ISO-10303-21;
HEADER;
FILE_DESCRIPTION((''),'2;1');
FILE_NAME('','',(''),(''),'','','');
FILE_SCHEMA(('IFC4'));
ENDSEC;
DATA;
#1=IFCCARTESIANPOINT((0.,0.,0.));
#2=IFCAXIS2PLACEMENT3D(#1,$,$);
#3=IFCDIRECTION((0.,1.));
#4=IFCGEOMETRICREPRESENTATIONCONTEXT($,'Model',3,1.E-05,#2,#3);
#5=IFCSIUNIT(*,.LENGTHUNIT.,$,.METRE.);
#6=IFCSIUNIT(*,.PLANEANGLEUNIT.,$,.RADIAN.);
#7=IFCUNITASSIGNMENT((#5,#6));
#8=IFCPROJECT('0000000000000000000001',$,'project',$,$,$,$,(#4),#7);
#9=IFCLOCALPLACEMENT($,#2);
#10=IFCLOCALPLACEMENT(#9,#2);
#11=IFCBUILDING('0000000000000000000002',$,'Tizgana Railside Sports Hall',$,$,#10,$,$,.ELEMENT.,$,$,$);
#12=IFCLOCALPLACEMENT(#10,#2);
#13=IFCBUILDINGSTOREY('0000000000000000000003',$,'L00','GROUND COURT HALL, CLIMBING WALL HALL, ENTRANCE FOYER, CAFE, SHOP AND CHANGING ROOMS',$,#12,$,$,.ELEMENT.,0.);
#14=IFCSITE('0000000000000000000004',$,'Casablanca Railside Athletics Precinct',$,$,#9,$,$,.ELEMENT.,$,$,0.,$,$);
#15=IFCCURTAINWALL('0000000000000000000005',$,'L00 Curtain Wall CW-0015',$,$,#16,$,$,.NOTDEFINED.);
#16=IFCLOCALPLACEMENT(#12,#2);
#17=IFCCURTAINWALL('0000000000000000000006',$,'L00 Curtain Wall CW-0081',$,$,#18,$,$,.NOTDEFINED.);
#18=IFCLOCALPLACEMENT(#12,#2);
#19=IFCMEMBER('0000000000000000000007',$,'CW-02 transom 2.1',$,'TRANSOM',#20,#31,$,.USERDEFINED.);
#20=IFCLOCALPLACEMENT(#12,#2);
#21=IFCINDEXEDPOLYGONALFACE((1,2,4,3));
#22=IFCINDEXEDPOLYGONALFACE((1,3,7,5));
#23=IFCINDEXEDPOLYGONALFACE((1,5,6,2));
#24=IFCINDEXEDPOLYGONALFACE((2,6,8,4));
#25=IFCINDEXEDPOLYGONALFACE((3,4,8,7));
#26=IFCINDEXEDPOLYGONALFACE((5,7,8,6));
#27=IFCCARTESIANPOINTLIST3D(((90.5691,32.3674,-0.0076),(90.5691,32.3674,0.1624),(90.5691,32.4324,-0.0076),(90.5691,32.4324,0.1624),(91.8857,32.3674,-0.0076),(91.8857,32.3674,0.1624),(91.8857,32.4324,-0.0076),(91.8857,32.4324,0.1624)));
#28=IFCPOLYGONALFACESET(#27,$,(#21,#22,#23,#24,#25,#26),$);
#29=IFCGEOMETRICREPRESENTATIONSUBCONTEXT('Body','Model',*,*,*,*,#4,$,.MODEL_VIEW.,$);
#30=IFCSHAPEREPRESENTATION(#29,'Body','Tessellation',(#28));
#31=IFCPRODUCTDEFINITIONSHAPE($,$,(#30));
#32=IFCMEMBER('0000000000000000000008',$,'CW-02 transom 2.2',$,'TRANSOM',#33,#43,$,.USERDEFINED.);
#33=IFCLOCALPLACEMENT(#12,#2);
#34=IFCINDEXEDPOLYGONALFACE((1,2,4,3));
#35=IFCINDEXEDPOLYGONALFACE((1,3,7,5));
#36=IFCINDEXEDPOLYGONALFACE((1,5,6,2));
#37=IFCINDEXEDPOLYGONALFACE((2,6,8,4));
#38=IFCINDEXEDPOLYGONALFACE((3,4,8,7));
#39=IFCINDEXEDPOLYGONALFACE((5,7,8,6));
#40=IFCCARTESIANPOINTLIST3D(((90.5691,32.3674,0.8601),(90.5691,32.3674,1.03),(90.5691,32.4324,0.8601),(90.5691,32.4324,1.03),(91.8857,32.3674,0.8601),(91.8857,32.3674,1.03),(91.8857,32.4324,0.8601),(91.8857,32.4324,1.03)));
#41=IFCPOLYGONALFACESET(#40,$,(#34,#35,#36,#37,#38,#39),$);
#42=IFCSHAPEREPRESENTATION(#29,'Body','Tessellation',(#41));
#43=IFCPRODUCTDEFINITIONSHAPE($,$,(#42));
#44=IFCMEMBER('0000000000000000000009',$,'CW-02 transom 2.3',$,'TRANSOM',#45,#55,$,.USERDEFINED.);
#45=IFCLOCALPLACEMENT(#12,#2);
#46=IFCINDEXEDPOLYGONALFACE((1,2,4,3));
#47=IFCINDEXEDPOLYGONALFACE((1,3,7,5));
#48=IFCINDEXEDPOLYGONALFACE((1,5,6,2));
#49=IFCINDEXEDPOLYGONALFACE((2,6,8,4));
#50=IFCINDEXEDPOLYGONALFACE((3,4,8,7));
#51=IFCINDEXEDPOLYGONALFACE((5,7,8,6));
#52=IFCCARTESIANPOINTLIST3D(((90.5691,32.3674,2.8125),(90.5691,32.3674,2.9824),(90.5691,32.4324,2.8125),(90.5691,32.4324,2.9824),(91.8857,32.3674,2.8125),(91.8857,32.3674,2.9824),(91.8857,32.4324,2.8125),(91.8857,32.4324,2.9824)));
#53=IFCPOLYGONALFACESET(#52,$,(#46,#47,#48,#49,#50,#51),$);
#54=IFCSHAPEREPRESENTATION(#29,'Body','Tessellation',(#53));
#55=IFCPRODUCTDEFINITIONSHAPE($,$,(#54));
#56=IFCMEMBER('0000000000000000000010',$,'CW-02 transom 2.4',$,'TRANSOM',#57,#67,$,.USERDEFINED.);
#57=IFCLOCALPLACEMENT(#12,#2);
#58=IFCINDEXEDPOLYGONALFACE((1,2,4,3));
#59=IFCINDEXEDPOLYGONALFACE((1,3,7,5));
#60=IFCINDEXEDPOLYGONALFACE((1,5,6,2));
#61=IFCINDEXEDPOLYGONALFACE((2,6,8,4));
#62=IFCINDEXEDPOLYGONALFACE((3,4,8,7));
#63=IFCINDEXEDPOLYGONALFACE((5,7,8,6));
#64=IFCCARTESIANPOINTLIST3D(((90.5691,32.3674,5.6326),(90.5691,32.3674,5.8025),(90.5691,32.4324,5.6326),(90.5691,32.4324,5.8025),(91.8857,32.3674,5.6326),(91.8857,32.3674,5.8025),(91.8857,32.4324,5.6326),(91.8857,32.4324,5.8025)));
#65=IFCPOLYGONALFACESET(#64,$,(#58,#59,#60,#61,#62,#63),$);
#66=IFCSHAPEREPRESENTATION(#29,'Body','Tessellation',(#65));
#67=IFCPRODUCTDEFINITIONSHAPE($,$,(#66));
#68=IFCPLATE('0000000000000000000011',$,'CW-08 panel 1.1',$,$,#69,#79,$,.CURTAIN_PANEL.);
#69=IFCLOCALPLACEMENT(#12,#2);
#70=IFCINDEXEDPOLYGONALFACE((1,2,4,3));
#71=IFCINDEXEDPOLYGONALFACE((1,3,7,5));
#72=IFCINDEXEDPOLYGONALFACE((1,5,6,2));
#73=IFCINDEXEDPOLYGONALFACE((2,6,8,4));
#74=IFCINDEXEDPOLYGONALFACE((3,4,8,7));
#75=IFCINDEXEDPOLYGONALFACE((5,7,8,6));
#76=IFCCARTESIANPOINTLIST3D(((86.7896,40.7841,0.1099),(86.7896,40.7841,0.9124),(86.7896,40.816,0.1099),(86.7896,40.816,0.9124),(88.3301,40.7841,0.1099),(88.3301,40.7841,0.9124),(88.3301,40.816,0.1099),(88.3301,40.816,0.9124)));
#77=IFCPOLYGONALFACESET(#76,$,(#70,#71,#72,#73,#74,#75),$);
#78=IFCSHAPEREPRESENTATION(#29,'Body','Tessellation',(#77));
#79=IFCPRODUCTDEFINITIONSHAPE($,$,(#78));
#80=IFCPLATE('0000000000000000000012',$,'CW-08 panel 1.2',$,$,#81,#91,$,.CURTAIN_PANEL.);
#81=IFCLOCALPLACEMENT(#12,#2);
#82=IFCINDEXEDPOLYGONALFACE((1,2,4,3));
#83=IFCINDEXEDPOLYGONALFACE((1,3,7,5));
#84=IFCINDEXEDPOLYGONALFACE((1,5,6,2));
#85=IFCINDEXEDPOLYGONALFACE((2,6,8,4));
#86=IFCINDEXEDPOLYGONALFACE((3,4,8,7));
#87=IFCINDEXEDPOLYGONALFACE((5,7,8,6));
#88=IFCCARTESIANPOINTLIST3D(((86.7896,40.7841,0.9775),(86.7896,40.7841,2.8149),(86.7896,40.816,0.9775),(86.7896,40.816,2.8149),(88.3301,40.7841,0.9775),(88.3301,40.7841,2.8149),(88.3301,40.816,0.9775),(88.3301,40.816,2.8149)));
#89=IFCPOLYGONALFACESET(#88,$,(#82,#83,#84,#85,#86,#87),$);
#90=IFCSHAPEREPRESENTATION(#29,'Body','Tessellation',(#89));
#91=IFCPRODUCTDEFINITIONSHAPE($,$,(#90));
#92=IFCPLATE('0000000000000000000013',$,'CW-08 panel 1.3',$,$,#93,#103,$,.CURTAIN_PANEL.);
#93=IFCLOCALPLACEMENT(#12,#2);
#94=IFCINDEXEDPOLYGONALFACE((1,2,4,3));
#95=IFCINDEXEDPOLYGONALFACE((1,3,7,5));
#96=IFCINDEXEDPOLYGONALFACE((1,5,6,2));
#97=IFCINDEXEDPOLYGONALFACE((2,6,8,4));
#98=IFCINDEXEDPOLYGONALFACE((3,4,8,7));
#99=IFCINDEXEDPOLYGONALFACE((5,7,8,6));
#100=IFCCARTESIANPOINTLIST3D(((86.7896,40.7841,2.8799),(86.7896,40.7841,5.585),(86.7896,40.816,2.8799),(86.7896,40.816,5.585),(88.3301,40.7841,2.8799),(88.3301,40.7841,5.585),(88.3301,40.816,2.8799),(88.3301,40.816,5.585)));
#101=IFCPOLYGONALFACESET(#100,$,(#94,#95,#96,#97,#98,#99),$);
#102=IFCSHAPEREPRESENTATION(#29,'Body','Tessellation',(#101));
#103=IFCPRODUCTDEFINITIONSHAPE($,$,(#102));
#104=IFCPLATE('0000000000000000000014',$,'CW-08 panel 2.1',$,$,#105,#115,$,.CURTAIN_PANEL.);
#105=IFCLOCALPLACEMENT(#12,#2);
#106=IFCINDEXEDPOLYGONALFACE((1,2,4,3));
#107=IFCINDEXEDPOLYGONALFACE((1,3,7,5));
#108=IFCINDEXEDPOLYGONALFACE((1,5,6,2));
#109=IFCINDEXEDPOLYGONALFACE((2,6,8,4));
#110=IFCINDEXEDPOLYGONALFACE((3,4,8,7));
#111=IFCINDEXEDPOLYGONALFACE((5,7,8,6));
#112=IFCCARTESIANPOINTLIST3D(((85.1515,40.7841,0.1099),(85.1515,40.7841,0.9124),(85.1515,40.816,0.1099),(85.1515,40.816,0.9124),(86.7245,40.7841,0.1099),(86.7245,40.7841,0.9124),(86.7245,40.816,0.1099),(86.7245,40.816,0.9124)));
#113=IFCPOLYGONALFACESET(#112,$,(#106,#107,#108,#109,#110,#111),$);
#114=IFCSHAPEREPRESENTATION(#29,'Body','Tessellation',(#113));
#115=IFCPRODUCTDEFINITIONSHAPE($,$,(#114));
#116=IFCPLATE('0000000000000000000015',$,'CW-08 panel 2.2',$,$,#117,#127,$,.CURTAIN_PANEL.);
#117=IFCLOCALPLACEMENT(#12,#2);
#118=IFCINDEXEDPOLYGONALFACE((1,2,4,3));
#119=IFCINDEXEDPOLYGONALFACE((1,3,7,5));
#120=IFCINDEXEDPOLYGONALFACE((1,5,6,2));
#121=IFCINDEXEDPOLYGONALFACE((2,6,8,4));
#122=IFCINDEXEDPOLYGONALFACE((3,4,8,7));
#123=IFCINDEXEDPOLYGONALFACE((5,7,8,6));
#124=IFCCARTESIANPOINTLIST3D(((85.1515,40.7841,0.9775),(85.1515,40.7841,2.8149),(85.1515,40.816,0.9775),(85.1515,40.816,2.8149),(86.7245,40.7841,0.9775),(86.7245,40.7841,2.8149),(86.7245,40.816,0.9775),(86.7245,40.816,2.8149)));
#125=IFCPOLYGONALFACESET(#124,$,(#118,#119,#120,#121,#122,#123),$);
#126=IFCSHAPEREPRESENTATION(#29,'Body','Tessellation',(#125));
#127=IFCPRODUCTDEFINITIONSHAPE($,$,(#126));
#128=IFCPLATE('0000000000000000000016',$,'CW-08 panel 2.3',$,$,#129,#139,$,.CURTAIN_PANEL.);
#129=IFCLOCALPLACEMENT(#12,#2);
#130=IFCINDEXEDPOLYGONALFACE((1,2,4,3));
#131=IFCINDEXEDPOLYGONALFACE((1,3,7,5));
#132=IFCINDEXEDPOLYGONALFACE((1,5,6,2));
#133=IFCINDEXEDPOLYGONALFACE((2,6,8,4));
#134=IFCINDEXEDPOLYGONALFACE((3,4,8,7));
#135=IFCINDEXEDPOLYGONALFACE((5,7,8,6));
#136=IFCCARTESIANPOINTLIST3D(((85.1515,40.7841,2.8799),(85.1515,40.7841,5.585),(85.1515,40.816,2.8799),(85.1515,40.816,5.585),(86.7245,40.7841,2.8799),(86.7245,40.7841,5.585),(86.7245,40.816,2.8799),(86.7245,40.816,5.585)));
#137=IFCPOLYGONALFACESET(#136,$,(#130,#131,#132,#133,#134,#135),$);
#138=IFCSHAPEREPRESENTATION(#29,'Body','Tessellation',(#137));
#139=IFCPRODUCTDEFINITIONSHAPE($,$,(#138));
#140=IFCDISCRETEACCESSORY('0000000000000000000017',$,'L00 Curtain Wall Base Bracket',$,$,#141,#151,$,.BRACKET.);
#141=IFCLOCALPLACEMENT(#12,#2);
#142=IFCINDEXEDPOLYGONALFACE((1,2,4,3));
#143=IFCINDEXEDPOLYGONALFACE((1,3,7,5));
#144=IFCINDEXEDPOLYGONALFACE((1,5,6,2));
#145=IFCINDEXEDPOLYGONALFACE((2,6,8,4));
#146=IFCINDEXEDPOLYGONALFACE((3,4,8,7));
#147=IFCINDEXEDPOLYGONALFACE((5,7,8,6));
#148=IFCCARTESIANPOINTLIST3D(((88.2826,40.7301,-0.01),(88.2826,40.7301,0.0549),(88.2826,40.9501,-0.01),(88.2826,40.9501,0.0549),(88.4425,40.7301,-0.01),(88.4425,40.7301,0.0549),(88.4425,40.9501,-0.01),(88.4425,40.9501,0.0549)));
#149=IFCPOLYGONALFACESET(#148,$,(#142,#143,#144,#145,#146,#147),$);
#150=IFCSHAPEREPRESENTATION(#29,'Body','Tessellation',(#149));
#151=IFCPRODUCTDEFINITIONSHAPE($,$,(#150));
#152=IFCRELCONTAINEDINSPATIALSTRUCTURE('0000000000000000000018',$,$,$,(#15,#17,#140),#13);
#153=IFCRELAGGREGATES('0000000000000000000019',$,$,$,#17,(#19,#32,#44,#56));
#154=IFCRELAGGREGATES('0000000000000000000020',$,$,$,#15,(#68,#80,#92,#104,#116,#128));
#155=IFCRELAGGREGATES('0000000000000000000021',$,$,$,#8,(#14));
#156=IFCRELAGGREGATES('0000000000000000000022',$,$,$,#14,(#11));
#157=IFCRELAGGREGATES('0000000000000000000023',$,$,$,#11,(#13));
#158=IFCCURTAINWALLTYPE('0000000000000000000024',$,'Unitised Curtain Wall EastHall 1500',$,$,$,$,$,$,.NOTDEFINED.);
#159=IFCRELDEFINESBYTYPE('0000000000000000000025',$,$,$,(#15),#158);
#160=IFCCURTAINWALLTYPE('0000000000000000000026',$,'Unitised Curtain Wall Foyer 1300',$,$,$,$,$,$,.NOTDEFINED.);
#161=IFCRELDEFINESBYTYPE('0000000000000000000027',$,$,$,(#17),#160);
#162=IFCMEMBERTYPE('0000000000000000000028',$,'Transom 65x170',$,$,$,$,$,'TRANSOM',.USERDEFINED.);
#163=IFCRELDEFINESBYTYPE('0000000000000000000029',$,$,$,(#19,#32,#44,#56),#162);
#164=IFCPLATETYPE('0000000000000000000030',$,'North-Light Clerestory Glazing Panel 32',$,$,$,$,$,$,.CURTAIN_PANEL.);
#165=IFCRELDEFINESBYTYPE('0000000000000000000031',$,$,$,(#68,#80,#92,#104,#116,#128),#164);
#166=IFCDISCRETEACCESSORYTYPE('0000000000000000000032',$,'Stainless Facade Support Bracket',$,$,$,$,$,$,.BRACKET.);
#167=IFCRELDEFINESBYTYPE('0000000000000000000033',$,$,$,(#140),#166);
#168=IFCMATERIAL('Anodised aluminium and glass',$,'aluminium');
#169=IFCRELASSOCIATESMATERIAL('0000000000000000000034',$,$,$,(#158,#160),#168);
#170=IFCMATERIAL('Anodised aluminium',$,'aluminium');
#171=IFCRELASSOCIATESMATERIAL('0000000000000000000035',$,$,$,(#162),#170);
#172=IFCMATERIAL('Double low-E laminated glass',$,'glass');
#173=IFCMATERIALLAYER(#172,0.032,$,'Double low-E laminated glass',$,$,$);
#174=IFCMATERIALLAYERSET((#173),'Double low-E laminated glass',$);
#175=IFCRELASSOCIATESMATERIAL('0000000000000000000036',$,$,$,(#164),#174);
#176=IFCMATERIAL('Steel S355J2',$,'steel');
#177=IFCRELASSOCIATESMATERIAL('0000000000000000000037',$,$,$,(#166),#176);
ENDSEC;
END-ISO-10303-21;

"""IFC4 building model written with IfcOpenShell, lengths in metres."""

from ifc_helpers import new_model, si_unit, direction, frame, origin, origin_2d, place, context, subcontext, project, spatial, rectangle, extrude, material, layer, layer_set, material_profile, profile_set, type_object, element, aggregate, save


model = new_model("IFC4")

# Units and contexts
model_context = context("Model", 3, precision=1e-05, world=origin(), true_north=direction((0.0, 1.0)))
body_context = subcontext(model_context, "Body", "Model", "MODEL_VIEW")
ifc_project = project(units=[si_unit("LENGTHUNIT", "METRE"), si_unit("PLANEANGLEUNIT", "RADIAN")], contexts=[model_context])

# Site, building, storey
site_placement = place(None, origin())
site = spatial("IfcSite", under=ifc_project, at=site_placement, Name="Casablanca Railside Athletics Precinct", CompositionType="ELEMENT", RefElevation=0.0)
building_placement = place(site_placement, origin())
building = spatial("IfcBuilding", under=site, at=building_placement, Name="Tizgana Railside Sports Hall", CompositionType="ELEMENT")
storey_placement = place(building_placement, origin())
storey = spatial("IfcBuildingStorey", under=building, at=storey_placement, Name="L00", Description="GROUND COURT HALL, CLIMBING WALL HALL, ENTRANCE FOYER, CAFE, SHOP AND CHANGING ROOMS", CompositionType="ELEMENT", Elevation=0.0)

# Curtain wall
ifc_material_1 = material(Name="Anodised aluminium and glass", Category="aluminium")
curtain_wall_type_1 = type_object("IfcCurtainWallType", Name="Unitised Curtain Wall EastHall 1500", PredefinedType="NOTDEFINED", material=ifc_material_1)
curtain_wall_1_placement = place(storey_placement, origin())
curtain_wall_1 = element("IfcCurtainWall", 1, at=curtain_wall_1_placement, inside=storey, type_object=curtain_wall_type_1, Name="L00 Curtain Wall CW-0015", PredefinedType="NOTDEFINED")
ifc_material_2 = material(Name="Anodised aluminium", Category="aluminium")

# Curtain wall
curtain_wall_type_2 = type_object("IfcCurtainWallType", Name="Unitised Curtain Wall Foyer 1300", PredefinedType="NOTDEFINED", material=ifc_material_1)
curtain_wall_2_placement = place(storey_placement, origin())
curtain_wall_2 = element("IfcCurtainWall", 2, at=curtain_wall_2_placement, inside=storey, type_object=curtain_wall_type_2, Name="L00 Curtain Wall CW-0081", PredefinedType="NOTDEFINED")

# Shared definitions
ifc_material_3 = material(Name="Steel S355J2", Category="steel")

# Members
ifc_material_profile_1 = material_profile(ifc_material_2, rectangle(XDim=0.0649, YDim=0.1699, at=origin_2d()), Name="Transom 65x170")
ifc_profile_set_1 = profile_set([ifc_material_profile_1], Name="Anodised aluminium")
member_type_1 = type_object("IfcMemberType", Name="Transom 65x170", ElementType="TRANSOM", PredefinedType="USERDEFINED", material=ifc_profile_set_1)
member_1_placement = place(storey_placement, frame((90.5691, 32.3999, 0.0774), z_axis=(1.0, 0.0, 0.0), x_axis=(0.0, 1.0, 0.0)))
member_1 = element("IfcMember", 3, at=member_1_placement, type_object=member_type_1, Name="CW-02 transom 2.1", ObjectType="TRANSOM", PredefinedType="USERDEFINED", context=body_context, shape_type="SweptSolid", body=[
    extrude(rectangle(XDim=0.0649, YDim=0.1699, at=origin_2d()), origin(), (0.0, 0.0, 1.0), 1.3167),
])
member_2_placement = place(storey_placement, frame((90.5691, 32.3999, 0.9451), z_axis=(1.0, 0.0, 0.0), x_axis=(0.0, 1.0, 0.0)))
member_2 = element("IfcMember", 4, at=member_2_placement, type_object=member_type_1, Name="CW-02 transom 2.2", ObjectType="TRANSOM", PredefinedType="USERDEFINED", context=body_context, shape_type="SweptSolid", body=[
    extrude(rectangle(XDim=0.0649, YDim=0.1699, at=origin_2d()), origin(), (0.0, 0.0, 1.0), 1.3167),
])
member_3_placement = place(storey_placement, frame((90.5691, 32.3999, 2.8975), z_axis=(1.0, 0.0, 0.0), x_axis=(0.0, 1.0, 0.0)))
member_3 = element("IfcMember", 5, at=member_3_placement, type_object=member_type_1, Name="CW-02 transom 2.3", ObjectType="TRANSOM", PredefinedType="USERDEFINED", context=body_context, shape_type="SweptSolid", body=[
    extrude(rectangle(XDim=0.0649, YDim=0.1699, at=origin_2d()), origin(), (0.0, 0.0, 1.0), 1.3167),
])
member_4_placement = place(storey_placement, frame((90.5691, 32.3999, 5.7175), z_axis=(1.0, 0.0, 0.0), x_axis=(0.0, 1.0, 0.0)))
member_4 = element("IfcMember", 6, at=member_4_placement, type_object=member_type_1, Name="CW-02 transom 2.4", ObjectType="TRANSOM", PredefinedType="USERDEFINED", context=body_context, shape_type="SweptSolid", body=[
    extrude(rectangle(XDim=0.0649, YDim=0.1699, at=origin_2d()), origin(), (0.0, 0.0, 1.0), 1.3167),
])
aggregate(curtain_wall_2, [member_1, member_2, member_3, member_4])

# Plates
ifc_material_4 = material(Name="Double low-E laminated glass", Category="glass")
ifc_layer = layer(ifc_material_4, 0.032, Name="Double low-E laminated glass")
ifc_layer_set = layer_set([ifc_layer], Name="Double low-E laminated glass")
plate_type = type_object("IfcPlateType", Name="North-Light Clerestory Glazing Panel 32", PredefinedType="CURTAIN_PANEL", material=ifc_layer_set)
plate_1_placement = place(storey_placement, frame((87.5598, 40.8, 0.1099), z_axis=(0.0, 0.0, 1.0), x_axis=(-1.0, 0.0, 0.0)))
plate_1 = element("IfcPlate", 7, at=plate_1_placement, type_object=plate_type, Name="CW-08 panel 1.1", PredefinedType="CURTAIN_PANEL", context=body_context, shape_type="SweptSolid", body=[
    extrude(rectangle(XDim=1.5405, YDim=0.032, at=origin_2d()), origin(), (0.0, 0.0, 1.0), 0.8025),
])
plate_2_placement = place(storey_placement, frame((87.5598, 40.8, 0.9775), z_axis=(0.0, 0.0, 1.0), x_axis=(-1.0, 0.0, 0.0)))
plate_2 = element("IfcPlate", 8, at=plate_2_placement, type_object=plate_type, Name="CW-08 panel 1.2", PredefinedType="CURTAIN_PANEL", context=body_context, shape_type="SweptSolid", body=[
    extrude(rectangle(XDim=1.5405, YDim=0.032, at=origin_2d()), origin(), (0.0, 0.0, 1.0), 1.8374),
])
plate_3_placement = place(storey_placement, frame((87.5598, 40.8, 2.8799), z_axis=(0.0, 0.0, 1.0), x_axis=(-1.0, 0.0, 0.0)))
plate_3 = element("IfcPlate", 9, at=plate_3_placement, type_object=plate_type, Name="CW-08 panel 1.3", PredefinedType="CURTAIN_PANEL", context=body_context, shape_type="SweptSolid", body=[
    extrude(rectangle(XDim=1.5405, YDim=0.032, at=origin_2d()), origin(), (0.0, 0.0, 1.0), 2.7051),
])
plate_4_placement = place(storey_placement, frame((85.938, 40.8, 0.1099), z_axis=(0.0, 0.0, 1.0), x_axis=(-1.0, 0.0, 0.0)))
plate_4 = element("IfcPlate", 10, at=plate_4_placement, type_object=plate_type, Name="CW-08 panel 2.1", PredefinedType="CURTAIN_PANEL", context=body_context, shape_type="SweptSolid", body=[
    extrude(rectangle(XDim=1.573, YDim=0.032, at=origin_2d()), origin(), (0.0, 0.0, 1.0), 0.8025),
])
plate_5_placement = place(storey_placement, frame((85.938, 40.8, 0.9775), z_axis=(0.0, 0.0, 1.0), x_axis=(-1.0, 0.0, 0.0)))
plate_5 = element("IfcPlate", 11, at=plate_5_placement, type_object=plate_type, Name="CW-08 panel 2.2", PredefinedType="CURTAIN_PANEL", context=body_context, shape_type="SweptSolid", body=[
    extrude(rectangle(XDim=1.573, YDim=0.032, at=origin_2d()), origin(), (0.0, 0.0, 1.0), 1.8374),
])
plate_6_placement = place(storey_placement, frame((85.938, 40.8, 2.8799), z_axis=(0.0, 0.0, 1.0), x_axis=(-1.0, 0.0, 0.0)))
plate_6 = element("IfcPlate", 12, at=plate_6_placement, type_object=plate_type, Name="CW-08 panel 2.3", PredefinedType="CURTAIN_PANEL", context=body_context, shape_type="SweptSolid", body=[
    extrude(rectangle(XDim=1.573, YDim=0.032, at=origin_2d()), origin(), (0.0, 0.0, 1.0), 2.7051),
])
aggregate(curtain_wall_1, [plate_1, plate_2, plate_3, plate_4, plate_5, plate_6])

# Discrete accessory
discrete_accessory_type = type_object("IfcDiscreteAccessoryType", Name="Stainless Facade Support Bracket", PredefinedType="BRACKET", material=ifc_material_3)
discrete_accessory_placement = place(storey_placement, frame((88.3625, 40.8401, -0.01), z_axis=(0.0, 0.0, 1.0), x_axis=(-1.0, 0.0, 0.0)))
element("IfcDiscreteAccessory", 13, at=discrete_accessory_placement, inside=storey, type_object=discrete_accessory_type, Name="L00 Curtain Wall Base Bracket", PredefinedType="BRACKET", context=body_context, shape_type="SweptSolid", body=[
    extrude(rectangle(XDim=0.1599, YDim=0.22, at=origin_2d()), origin(), (0.0, 0.0, 1.0), 0.0649),
])

save(model, "model.ifc")
